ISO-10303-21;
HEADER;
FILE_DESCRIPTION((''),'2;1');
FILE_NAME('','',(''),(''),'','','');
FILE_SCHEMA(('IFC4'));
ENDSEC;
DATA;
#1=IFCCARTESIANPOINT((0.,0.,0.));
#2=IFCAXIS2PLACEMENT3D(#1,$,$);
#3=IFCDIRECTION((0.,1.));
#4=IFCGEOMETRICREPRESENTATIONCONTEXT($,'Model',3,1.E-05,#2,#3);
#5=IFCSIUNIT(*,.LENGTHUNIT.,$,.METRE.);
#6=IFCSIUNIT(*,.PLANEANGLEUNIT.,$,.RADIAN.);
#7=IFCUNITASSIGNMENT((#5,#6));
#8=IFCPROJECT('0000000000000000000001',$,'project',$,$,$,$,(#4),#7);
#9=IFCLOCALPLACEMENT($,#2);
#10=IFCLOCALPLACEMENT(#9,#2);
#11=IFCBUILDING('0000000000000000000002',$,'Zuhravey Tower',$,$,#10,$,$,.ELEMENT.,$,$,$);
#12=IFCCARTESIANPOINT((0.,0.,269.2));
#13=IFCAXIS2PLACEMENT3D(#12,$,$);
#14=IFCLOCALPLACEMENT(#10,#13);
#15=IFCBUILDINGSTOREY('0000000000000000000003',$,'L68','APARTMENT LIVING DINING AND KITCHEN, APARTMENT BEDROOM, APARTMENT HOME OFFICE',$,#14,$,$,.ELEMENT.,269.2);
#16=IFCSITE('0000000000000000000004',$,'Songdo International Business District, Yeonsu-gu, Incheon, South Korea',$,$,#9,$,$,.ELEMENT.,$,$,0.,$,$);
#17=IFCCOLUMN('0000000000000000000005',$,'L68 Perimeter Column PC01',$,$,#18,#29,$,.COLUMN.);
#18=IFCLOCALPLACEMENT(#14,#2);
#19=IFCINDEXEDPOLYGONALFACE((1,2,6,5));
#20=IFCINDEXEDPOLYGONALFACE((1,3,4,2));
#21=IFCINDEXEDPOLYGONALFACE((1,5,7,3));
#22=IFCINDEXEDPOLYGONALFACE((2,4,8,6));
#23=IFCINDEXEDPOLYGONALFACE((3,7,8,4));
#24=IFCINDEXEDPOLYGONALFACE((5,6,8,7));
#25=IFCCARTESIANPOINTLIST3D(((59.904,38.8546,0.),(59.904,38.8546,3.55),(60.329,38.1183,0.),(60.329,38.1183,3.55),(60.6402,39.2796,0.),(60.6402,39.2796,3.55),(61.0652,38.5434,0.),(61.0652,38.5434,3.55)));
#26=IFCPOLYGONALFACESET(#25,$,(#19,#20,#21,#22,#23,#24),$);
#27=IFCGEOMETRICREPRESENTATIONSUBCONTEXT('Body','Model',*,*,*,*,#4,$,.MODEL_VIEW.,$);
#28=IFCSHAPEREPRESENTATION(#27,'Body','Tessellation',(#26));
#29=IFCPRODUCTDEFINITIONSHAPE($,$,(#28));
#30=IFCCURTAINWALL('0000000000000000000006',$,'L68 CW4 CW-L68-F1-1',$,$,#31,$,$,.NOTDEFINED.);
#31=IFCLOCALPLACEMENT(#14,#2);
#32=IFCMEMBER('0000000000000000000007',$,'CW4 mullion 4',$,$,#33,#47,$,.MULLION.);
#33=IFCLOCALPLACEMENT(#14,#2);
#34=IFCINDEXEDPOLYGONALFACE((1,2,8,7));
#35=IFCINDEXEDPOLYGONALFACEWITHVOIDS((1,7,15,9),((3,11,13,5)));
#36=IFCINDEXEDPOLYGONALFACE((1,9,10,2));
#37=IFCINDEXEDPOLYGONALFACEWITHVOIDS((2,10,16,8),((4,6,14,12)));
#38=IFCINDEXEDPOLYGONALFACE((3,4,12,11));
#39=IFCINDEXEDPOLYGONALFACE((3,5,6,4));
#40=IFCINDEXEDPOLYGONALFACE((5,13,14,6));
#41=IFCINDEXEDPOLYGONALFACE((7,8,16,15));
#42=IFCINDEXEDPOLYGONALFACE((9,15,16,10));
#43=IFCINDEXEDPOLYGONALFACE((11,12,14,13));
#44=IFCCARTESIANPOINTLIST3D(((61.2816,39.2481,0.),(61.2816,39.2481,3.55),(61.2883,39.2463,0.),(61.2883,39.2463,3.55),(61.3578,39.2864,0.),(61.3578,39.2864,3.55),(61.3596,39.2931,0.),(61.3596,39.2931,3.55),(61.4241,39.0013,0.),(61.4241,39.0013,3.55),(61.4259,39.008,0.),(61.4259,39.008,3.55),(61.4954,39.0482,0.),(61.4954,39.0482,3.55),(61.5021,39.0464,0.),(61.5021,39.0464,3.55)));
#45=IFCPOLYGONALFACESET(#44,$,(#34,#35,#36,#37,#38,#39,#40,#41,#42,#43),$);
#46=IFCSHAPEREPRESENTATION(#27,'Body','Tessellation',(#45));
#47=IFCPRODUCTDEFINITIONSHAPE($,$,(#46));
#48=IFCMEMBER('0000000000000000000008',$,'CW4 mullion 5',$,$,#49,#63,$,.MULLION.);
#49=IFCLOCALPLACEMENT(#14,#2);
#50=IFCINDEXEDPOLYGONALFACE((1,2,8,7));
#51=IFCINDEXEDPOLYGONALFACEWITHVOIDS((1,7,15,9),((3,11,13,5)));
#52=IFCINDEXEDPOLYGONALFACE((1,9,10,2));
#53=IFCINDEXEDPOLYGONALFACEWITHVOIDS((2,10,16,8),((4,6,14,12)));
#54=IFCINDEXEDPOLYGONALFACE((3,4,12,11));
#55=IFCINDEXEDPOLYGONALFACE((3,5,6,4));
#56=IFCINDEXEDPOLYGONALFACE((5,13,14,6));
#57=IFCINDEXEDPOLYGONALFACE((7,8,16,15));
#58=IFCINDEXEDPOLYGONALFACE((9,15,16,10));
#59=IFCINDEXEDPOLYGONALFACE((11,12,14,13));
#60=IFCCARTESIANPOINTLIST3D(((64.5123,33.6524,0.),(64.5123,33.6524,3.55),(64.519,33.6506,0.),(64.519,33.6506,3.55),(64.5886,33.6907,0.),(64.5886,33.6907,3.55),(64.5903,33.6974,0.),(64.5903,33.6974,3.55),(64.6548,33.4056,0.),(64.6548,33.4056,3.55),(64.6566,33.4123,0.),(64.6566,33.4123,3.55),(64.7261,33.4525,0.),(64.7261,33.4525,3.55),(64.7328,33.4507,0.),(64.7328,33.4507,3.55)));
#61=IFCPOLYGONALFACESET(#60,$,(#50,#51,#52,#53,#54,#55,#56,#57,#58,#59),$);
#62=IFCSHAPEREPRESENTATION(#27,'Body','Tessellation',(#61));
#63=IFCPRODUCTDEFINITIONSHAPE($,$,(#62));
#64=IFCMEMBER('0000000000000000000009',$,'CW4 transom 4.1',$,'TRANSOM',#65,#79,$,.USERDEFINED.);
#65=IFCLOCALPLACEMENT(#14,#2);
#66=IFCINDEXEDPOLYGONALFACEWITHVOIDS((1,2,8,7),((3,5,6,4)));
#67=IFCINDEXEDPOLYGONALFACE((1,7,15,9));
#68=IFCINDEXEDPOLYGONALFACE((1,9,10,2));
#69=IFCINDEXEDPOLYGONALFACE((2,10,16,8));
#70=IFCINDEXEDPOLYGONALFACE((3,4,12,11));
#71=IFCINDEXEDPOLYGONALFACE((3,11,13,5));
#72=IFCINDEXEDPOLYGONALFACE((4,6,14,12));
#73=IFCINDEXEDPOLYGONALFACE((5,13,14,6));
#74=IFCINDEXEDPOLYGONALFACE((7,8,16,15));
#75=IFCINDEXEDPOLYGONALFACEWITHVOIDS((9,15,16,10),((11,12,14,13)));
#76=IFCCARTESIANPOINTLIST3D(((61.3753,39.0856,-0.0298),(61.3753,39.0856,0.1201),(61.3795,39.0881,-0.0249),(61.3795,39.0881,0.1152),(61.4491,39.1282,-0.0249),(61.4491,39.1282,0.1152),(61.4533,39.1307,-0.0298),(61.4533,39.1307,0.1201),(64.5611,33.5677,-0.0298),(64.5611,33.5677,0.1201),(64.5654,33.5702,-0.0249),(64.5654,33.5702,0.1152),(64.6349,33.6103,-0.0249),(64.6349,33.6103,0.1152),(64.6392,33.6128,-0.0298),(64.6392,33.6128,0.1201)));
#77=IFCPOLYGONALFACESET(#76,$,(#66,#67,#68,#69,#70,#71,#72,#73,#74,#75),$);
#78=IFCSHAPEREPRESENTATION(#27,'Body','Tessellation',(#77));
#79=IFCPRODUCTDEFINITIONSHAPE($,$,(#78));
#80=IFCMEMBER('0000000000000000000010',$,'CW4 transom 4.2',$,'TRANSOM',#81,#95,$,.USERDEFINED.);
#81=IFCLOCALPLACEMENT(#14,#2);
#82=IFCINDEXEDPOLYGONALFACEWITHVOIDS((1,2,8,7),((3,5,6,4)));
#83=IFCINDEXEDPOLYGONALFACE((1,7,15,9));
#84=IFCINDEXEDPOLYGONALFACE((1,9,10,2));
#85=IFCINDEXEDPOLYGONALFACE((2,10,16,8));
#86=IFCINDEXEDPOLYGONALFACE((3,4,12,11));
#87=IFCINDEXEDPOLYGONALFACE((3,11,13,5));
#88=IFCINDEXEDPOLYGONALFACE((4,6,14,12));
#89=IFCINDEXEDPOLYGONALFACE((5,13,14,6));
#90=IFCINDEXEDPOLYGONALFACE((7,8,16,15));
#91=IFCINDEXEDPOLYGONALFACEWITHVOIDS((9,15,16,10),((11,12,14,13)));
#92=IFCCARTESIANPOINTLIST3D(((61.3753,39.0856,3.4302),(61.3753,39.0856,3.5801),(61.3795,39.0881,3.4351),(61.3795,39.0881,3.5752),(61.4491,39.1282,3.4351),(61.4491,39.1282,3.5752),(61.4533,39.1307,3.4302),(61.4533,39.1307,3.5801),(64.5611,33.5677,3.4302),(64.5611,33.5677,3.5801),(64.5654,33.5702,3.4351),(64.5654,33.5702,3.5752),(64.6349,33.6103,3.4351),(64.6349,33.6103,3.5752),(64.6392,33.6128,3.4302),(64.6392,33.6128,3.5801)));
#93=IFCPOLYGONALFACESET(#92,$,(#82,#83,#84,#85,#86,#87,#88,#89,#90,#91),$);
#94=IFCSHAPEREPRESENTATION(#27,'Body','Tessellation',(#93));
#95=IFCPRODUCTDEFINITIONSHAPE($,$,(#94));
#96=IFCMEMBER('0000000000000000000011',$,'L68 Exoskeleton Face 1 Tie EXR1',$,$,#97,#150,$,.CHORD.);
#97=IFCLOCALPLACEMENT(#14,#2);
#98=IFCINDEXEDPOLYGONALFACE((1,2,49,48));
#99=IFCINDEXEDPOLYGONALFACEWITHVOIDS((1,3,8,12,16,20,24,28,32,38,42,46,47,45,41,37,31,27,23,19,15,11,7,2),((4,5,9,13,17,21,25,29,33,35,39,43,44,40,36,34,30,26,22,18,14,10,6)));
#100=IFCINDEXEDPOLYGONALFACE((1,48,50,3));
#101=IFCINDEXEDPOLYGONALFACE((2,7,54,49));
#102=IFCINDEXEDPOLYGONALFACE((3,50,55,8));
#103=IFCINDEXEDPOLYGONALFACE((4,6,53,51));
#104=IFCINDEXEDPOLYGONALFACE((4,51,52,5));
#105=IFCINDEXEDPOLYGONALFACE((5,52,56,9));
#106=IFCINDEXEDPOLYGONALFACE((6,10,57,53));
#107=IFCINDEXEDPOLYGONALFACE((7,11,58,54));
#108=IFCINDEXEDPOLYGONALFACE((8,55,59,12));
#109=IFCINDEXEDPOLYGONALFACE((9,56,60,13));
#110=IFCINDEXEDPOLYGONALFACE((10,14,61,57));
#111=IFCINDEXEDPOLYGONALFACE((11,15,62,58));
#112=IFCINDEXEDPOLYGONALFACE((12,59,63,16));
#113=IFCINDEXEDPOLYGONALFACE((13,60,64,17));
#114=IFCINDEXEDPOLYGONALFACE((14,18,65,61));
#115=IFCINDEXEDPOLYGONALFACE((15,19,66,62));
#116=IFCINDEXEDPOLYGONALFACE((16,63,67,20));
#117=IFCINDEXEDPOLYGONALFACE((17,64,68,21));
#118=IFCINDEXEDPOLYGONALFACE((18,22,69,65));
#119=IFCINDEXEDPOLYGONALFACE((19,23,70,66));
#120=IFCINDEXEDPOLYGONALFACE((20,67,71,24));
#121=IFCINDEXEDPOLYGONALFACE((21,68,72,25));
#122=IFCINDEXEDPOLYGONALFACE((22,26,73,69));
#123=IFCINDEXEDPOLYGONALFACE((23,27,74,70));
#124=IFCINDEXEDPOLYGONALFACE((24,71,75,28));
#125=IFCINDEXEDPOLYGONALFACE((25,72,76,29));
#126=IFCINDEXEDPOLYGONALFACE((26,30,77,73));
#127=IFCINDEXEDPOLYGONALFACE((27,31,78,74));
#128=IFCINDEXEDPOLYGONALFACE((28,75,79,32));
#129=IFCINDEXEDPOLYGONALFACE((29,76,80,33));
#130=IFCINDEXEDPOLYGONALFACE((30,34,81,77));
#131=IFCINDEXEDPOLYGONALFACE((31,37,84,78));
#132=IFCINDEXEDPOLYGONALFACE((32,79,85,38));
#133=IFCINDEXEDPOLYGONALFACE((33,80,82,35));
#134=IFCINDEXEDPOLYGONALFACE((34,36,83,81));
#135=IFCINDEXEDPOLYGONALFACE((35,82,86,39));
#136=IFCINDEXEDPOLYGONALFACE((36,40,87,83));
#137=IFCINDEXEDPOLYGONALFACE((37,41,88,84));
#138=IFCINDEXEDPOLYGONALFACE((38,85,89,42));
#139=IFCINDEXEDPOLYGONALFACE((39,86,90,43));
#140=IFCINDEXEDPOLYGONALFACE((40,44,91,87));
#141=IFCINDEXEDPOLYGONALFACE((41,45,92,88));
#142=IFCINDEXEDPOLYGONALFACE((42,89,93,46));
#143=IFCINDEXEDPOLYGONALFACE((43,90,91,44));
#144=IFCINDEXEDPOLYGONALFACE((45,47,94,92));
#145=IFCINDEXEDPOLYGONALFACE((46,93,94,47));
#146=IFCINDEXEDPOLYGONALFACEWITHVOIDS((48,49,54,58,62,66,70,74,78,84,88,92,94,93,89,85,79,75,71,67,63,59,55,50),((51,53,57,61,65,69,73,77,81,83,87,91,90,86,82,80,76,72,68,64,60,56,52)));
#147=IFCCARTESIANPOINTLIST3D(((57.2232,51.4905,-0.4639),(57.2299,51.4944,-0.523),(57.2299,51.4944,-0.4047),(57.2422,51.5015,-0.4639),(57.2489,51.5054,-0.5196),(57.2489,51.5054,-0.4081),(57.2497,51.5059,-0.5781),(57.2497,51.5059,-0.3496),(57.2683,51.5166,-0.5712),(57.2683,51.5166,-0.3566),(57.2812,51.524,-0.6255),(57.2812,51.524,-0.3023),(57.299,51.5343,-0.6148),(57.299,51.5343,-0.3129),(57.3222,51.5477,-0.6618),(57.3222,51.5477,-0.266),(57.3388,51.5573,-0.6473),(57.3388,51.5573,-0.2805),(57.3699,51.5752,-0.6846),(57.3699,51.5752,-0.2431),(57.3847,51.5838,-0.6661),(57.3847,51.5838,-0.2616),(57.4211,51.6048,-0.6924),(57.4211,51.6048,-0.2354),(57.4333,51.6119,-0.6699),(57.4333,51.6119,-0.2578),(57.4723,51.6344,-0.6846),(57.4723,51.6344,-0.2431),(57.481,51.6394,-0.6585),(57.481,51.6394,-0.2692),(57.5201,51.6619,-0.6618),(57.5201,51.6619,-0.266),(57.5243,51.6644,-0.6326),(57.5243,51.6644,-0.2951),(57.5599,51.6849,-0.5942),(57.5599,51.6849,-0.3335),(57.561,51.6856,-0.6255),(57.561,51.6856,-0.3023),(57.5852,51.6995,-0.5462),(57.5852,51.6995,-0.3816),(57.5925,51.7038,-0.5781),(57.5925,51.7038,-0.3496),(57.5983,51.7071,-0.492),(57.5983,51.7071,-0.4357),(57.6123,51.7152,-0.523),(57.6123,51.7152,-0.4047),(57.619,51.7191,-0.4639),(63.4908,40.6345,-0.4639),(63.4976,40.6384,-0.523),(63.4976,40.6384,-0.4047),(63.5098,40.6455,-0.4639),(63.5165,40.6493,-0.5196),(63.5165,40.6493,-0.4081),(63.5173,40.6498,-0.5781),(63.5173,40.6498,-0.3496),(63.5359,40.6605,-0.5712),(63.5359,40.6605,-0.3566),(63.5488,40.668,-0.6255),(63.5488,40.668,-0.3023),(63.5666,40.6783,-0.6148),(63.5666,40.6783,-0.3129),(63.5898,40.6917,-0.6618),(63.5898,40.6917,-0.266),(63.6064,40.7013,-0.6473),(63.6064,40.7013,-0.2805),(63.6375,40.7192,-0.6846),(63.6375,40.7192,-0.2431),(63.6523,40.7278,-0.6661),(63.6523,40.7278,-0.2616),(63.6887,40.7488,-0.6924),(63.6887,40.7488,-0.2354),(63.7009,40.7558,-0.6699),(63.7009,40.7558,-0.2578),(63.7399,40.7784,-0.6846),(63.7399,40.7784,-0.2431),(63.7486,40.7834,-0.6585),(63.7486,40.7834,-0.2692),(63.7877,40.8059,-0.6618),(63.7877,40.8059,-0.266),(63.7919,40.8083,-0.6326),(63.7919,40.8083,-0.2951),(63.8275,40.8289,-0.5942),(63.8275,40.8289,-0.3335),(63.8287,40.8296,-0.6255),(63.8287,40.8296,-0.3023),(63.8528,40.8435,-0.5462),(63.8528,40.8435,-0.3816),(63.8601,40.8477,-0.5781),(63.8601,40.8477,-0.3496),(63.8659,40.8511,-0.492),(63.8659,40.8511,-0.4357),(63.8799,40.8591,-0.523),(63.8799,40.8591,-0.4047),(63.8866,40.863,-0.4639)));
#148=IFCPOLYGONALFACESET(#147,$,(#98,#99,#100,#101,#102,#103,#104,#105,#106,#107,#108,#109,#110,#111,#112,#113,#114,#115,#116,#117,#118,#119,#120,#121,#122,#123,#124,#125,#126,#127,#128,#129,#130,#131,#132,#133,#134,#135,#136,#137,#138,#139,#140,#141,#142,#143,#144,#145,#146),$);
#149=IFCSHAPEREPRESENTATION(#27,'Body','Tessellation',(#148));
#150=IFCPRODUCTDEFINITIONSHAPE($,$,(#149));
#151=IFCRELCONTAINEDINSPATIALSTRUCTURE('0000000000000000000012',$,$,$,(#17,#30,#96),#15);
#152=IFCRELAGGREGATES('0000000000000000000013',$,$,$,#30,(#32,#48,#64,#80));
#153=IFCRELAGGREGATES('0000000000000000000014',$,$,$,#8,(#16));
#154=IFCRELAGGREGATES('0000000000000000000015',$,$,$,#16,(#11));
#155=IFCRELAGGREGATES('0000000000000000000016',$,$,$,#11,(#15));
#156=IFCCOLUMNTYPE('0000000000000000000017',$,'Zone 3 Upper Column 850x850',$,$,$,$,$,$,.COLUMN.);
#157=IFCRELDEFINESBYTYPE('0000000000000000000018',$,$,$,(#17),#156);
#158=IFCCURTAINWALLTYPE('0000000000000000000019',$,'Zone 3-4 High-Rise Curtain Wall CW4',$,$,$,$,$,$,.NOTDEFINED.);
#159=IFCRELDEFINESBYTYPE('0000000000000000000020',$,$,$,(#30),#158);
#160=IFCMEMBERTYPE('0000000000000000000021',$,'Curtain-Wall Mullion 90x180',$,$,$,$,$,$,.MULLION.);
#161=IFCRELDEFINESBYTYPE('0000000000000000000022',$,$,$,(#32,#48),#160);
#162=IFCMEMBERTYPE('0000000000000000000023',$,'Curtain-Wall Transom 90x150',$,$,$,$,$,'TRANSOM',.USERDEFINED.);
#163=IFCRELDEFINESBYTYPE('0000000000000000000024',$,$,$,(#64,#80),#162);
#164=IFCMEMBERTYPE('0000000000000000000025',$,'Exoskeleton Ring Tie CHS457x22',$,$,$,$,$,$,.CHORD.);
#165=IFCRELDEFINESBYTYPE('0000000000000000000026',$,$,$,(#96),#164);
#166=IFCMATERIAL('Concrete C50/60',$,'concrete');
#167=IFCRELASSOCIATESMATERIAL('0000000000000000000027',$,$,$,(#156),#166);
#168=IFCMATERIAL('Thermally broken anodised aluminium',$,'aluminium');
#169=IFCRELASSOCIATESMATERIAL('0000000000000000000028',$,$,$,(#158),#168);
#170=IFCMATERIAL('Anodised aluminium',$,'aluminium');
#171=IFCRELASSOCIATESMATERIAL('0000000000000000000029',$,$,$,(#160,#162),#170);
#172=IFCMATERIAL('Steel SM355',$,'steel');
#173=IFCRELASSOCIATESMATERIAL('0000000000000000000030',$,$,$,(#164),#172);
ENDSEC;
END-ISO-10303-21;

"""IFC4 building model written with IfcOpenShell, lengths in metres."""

from ifc_helpers import new_model, si_unit, direction, frame, origin, origin_2d, place, context, subcontext, project, spatial, rectangle, hollow_rectangle, hollow_circle, extrude, material, material_profile, profile_set, type_object, element, aggregate, save


model = new_model("IFC4")

# Units and contexts
model_context = context("Model", 3, precision=1e-05, world=origin(), true_north=direction((0.0, 1.0)))
body_context = subcontext(model_context, "Body", "Model", "MODEL_VIEW")
ifc_project = project(units=[si_unit("LENGTHUNIT", "METRE"), si_unit("PLANEANGLEUNIT", "RADIAN")], contexts=[model_context])

# Site, building, storey
site_placement = place(None, origin())
site = spatial("IfcSite", under=ifc_project, at=site_placement, Name="Songdo International Business District, Yeonsu-gu, Incheon, South Korea", CompositionType="ELEMENT", RefElevation=0.0)
building_placement = place(site_placement, origin())
building = spatial("IfcBuilding", under=site, at=building_placement, Name="Zuhravey Tower", CompositionType="ELEMENT")
storey_placement = place(building_placement, frame((0.0, 0.0, 269.2)))
storey = spatial("IfcBuildingStorey", under=building, at=storey_placement, Name="L68", Description="APARTMENT LIVING DINING AND KITCHEN, APARTMENT BEDROOM, APARTMENT HOME OFFICE", CompositionType="ELEMENT", Elevation=269.2)

# Column
ifc_material_1 = material(Name="Concrete C50/60", Category="concrete")
ifc_material_profile_1 = material_profile(ifc_material_1, rectangle(XDim=0.8501, YDim=0.8501, at=origin_2d()), Name="RC-850x850")
ifc_profile_set_1 = profile_set([ifc_material_profile_1], Name="Concrete C50/60")
column_type = type_object("IfcColumnType", Name="Zone 3 Upper Column 850x850", PredefinedType="COLUMN", material=ifc_profile_set_1)
column_placement = place(storey_placement, frame((60.4846, 38.699, 0.0), z_axis=(0.0, 0.0, 1.0), x_axis=(-0.5, 0.866025, 0.0)))
element("IfcColumn", 1, at=column_placement, inside=storey, type_object=column_type, Name="L68 Perimeter Column PC01", PredefinedType="COLUMN", context=body_context, shape_type="SweptSolid", body=[
    extrude(rectangle(XDim=0.8501, YDim=0.8501, at=origin_2d()), origin(), (0.0, 0.0, 1.0), 3.55),
])

# Curtain wall, members
ifc_material_2 = material(Name="Thermally broken anodised aluminium", Category="aluminium")
curtain_wall_type = type_object("IfcCurtainWallType", Name="Zone 3-4 High-Rise Curtain Wall CW4", PredefinedType="NOTDEFINED", material=ifc_material_2)
curtain_wall_placement = place(storey_placement, origin())
curtain_wall = element("IfcCurtainWall", 2, at=curtain_wall_placement, inside=storey, type_object=curtain_wall_type, Name="L68 CW4 CW-L68-F1-1", PredefinedType="NOTDEFINED")
ifc_material_3 = material(Name="Anodised aluminium", Category="aluminium")
ifc_material_profile_2 = material_profile(ifc_material_3, hollow_rectangle(XDim=0.0901, YDim=0.2849, WallThickness=0.0049, at=origin_2d()), Name="ALU-RHS-90x285x5")
ifc_profile_set_2 = profile_set([ifc_material_profile_2], Name="Anodised aluminium")
member_type_1 = type_object("IfcMemberType", Name="Curtain-Wall Mullion 90x180", PredefinedType="MULLION", material=ifc_profile_set_2)
member_1_placement = place(storey_placement, frame((61.3918, 39.1472, 0.0), z_axis=(0.0, 0.0, 1.0), x_axis=(0.866025, 0.500001, 0.0)))
member_1 = element("IfcMember", 3, at=member_1_placement, type_object=member_type_1, Name="CW4 mullion 4", PredefinedType="MULLION", context=body_context, shape_type="SweptSolid", body=[
    extrude(hollow_rectangle(XDim=0.0901, YDim=0.2849, WallThickness=0.0049, at=origin_2d()), origin(), (0.0, 0.0, 1.0), 3.55),
])
member_2_placement = place(storey_placement, frame((64.6226, 33.5515, 0.0), z_axis=(0.0, 0.0, 1.0), x_axis=(0.866025, 0.500001, 0.0)))
member_2 = element("IfcMember", 4, at=member_2_placement, type_object=member_type_1, Name="CW4 mullion 5", PredefinedType="MULLION", context=body_context, shape_type="SweptSolid", body=[
    extrude(hollow_rectangle(XDim=0.0901, YDim=0.2849, WallThickness=0.0049, at=origin_2d()), origin(), (0.0, 0.0, 1.0), 3.55),
])
ifc_material_profile_3 = material_profile(ifc_material_3, hollow_rectangle(XDim=0.0901, YDim=0.1499, WallThickness=0.0049, at=origin_2d()), Name="ALU-RHS-90x150x5")
ifc_profile_set_3 = profile_set([ifc_material_profile_3], Name="Anodised aluminium")
member_type_2 = type_object("IfcMemberType", Name="Curtain-Wall Transom 90x150", ElementType="TRANSOM", PredefinedType="USERDEFINED", material=ifc_profile_set_3)
member_3_placement = place(storey_placement, frame((61.4143, 39.1082, 0.0452), z_axis=(0.500009, -0.86602, 0.0), x_axis=(0.86602, 0.500009, 0.0)))
member_3 = element("IfcMember", 5, at=member_3_placement, type_object=member_type_2, Name="CW4 transom 4.1", ObjectType="TRANSOM", PredefinedType="USERDEFINED", context=body_context, shape_type="SweptSolid", body=[
    extrude(hollow_rectangle(XDim=0.0901, YDim=0.1499, WallThickness=0.0049, at=origin_2d()), origin(), (0.0, 0.0, 1.0), 6.3716),
])
member_4_placement = place(storey_placement, frame((61.4143, 39.1082, 3.5051), z_axis=(0.500009, -0.86602, 0.0), x_axis=(0.86602, 0.500009, 0.0)))
member_4 = element("IfcMember", 6, at=member_4_placement, type_object=member_type_2, Name="CW4 transom 4.2", ObjectType="TRANSOM", PredefinedType="USERDEFINED", context=body_context, shape_type="SweptSolid", body=[
    extrude(hollow_rectangle(XDim=0.0901, YDim=0.1499, WallThickness=0.0049, at=origin_2d()), origin(), (0.0, 0.0, 1.0), 6.3716),
])

# Member
ifc_material_4 = material(Name="Steel SM355", Category="steel")
ifc_material_profile_4 = material_profile(ifc_material_4, hollow_circle(Radius=0.2285, WallThickness=0.022, at=origin_2d()), Name="CHS-457.2x22")
ifc_profile_set_4 = profile_set([ifc_material_profile_4], Name="Steel SM355")
member_type_3 = type_object("IfcMemberType", Name="Exoskeleton Ring Tie CHS457x22", PredefinedType="CHORD", material=ifc_profile_set_4)
member_5_placement = place(storey_placement, frame((63.6887, 40.7488, -0.4639), z_axis=(-0.499993, 0.866029, 0.0), x_axis=(-0.866029, -0.499993, 0.0)))
element("IfcMember", 7, at=member_5_placement, inside=storey, type_object=member_type_3, Name="L68 Exoskeleton Face 1 Tie EXR1", PredefinedType="CHORD", context=body_context, shape_type="SweptSolid", body=[
    extrude(hollow_circle(Radius=0.2285, WallThickness=0.022, at=origin_2d()), origin(), (0.0, 0.0, 1.0), 12.5354),
])

aggregate(curtain_wall, [member_1, member_2, member_3, member_4])

save(model, "model.ifc")
